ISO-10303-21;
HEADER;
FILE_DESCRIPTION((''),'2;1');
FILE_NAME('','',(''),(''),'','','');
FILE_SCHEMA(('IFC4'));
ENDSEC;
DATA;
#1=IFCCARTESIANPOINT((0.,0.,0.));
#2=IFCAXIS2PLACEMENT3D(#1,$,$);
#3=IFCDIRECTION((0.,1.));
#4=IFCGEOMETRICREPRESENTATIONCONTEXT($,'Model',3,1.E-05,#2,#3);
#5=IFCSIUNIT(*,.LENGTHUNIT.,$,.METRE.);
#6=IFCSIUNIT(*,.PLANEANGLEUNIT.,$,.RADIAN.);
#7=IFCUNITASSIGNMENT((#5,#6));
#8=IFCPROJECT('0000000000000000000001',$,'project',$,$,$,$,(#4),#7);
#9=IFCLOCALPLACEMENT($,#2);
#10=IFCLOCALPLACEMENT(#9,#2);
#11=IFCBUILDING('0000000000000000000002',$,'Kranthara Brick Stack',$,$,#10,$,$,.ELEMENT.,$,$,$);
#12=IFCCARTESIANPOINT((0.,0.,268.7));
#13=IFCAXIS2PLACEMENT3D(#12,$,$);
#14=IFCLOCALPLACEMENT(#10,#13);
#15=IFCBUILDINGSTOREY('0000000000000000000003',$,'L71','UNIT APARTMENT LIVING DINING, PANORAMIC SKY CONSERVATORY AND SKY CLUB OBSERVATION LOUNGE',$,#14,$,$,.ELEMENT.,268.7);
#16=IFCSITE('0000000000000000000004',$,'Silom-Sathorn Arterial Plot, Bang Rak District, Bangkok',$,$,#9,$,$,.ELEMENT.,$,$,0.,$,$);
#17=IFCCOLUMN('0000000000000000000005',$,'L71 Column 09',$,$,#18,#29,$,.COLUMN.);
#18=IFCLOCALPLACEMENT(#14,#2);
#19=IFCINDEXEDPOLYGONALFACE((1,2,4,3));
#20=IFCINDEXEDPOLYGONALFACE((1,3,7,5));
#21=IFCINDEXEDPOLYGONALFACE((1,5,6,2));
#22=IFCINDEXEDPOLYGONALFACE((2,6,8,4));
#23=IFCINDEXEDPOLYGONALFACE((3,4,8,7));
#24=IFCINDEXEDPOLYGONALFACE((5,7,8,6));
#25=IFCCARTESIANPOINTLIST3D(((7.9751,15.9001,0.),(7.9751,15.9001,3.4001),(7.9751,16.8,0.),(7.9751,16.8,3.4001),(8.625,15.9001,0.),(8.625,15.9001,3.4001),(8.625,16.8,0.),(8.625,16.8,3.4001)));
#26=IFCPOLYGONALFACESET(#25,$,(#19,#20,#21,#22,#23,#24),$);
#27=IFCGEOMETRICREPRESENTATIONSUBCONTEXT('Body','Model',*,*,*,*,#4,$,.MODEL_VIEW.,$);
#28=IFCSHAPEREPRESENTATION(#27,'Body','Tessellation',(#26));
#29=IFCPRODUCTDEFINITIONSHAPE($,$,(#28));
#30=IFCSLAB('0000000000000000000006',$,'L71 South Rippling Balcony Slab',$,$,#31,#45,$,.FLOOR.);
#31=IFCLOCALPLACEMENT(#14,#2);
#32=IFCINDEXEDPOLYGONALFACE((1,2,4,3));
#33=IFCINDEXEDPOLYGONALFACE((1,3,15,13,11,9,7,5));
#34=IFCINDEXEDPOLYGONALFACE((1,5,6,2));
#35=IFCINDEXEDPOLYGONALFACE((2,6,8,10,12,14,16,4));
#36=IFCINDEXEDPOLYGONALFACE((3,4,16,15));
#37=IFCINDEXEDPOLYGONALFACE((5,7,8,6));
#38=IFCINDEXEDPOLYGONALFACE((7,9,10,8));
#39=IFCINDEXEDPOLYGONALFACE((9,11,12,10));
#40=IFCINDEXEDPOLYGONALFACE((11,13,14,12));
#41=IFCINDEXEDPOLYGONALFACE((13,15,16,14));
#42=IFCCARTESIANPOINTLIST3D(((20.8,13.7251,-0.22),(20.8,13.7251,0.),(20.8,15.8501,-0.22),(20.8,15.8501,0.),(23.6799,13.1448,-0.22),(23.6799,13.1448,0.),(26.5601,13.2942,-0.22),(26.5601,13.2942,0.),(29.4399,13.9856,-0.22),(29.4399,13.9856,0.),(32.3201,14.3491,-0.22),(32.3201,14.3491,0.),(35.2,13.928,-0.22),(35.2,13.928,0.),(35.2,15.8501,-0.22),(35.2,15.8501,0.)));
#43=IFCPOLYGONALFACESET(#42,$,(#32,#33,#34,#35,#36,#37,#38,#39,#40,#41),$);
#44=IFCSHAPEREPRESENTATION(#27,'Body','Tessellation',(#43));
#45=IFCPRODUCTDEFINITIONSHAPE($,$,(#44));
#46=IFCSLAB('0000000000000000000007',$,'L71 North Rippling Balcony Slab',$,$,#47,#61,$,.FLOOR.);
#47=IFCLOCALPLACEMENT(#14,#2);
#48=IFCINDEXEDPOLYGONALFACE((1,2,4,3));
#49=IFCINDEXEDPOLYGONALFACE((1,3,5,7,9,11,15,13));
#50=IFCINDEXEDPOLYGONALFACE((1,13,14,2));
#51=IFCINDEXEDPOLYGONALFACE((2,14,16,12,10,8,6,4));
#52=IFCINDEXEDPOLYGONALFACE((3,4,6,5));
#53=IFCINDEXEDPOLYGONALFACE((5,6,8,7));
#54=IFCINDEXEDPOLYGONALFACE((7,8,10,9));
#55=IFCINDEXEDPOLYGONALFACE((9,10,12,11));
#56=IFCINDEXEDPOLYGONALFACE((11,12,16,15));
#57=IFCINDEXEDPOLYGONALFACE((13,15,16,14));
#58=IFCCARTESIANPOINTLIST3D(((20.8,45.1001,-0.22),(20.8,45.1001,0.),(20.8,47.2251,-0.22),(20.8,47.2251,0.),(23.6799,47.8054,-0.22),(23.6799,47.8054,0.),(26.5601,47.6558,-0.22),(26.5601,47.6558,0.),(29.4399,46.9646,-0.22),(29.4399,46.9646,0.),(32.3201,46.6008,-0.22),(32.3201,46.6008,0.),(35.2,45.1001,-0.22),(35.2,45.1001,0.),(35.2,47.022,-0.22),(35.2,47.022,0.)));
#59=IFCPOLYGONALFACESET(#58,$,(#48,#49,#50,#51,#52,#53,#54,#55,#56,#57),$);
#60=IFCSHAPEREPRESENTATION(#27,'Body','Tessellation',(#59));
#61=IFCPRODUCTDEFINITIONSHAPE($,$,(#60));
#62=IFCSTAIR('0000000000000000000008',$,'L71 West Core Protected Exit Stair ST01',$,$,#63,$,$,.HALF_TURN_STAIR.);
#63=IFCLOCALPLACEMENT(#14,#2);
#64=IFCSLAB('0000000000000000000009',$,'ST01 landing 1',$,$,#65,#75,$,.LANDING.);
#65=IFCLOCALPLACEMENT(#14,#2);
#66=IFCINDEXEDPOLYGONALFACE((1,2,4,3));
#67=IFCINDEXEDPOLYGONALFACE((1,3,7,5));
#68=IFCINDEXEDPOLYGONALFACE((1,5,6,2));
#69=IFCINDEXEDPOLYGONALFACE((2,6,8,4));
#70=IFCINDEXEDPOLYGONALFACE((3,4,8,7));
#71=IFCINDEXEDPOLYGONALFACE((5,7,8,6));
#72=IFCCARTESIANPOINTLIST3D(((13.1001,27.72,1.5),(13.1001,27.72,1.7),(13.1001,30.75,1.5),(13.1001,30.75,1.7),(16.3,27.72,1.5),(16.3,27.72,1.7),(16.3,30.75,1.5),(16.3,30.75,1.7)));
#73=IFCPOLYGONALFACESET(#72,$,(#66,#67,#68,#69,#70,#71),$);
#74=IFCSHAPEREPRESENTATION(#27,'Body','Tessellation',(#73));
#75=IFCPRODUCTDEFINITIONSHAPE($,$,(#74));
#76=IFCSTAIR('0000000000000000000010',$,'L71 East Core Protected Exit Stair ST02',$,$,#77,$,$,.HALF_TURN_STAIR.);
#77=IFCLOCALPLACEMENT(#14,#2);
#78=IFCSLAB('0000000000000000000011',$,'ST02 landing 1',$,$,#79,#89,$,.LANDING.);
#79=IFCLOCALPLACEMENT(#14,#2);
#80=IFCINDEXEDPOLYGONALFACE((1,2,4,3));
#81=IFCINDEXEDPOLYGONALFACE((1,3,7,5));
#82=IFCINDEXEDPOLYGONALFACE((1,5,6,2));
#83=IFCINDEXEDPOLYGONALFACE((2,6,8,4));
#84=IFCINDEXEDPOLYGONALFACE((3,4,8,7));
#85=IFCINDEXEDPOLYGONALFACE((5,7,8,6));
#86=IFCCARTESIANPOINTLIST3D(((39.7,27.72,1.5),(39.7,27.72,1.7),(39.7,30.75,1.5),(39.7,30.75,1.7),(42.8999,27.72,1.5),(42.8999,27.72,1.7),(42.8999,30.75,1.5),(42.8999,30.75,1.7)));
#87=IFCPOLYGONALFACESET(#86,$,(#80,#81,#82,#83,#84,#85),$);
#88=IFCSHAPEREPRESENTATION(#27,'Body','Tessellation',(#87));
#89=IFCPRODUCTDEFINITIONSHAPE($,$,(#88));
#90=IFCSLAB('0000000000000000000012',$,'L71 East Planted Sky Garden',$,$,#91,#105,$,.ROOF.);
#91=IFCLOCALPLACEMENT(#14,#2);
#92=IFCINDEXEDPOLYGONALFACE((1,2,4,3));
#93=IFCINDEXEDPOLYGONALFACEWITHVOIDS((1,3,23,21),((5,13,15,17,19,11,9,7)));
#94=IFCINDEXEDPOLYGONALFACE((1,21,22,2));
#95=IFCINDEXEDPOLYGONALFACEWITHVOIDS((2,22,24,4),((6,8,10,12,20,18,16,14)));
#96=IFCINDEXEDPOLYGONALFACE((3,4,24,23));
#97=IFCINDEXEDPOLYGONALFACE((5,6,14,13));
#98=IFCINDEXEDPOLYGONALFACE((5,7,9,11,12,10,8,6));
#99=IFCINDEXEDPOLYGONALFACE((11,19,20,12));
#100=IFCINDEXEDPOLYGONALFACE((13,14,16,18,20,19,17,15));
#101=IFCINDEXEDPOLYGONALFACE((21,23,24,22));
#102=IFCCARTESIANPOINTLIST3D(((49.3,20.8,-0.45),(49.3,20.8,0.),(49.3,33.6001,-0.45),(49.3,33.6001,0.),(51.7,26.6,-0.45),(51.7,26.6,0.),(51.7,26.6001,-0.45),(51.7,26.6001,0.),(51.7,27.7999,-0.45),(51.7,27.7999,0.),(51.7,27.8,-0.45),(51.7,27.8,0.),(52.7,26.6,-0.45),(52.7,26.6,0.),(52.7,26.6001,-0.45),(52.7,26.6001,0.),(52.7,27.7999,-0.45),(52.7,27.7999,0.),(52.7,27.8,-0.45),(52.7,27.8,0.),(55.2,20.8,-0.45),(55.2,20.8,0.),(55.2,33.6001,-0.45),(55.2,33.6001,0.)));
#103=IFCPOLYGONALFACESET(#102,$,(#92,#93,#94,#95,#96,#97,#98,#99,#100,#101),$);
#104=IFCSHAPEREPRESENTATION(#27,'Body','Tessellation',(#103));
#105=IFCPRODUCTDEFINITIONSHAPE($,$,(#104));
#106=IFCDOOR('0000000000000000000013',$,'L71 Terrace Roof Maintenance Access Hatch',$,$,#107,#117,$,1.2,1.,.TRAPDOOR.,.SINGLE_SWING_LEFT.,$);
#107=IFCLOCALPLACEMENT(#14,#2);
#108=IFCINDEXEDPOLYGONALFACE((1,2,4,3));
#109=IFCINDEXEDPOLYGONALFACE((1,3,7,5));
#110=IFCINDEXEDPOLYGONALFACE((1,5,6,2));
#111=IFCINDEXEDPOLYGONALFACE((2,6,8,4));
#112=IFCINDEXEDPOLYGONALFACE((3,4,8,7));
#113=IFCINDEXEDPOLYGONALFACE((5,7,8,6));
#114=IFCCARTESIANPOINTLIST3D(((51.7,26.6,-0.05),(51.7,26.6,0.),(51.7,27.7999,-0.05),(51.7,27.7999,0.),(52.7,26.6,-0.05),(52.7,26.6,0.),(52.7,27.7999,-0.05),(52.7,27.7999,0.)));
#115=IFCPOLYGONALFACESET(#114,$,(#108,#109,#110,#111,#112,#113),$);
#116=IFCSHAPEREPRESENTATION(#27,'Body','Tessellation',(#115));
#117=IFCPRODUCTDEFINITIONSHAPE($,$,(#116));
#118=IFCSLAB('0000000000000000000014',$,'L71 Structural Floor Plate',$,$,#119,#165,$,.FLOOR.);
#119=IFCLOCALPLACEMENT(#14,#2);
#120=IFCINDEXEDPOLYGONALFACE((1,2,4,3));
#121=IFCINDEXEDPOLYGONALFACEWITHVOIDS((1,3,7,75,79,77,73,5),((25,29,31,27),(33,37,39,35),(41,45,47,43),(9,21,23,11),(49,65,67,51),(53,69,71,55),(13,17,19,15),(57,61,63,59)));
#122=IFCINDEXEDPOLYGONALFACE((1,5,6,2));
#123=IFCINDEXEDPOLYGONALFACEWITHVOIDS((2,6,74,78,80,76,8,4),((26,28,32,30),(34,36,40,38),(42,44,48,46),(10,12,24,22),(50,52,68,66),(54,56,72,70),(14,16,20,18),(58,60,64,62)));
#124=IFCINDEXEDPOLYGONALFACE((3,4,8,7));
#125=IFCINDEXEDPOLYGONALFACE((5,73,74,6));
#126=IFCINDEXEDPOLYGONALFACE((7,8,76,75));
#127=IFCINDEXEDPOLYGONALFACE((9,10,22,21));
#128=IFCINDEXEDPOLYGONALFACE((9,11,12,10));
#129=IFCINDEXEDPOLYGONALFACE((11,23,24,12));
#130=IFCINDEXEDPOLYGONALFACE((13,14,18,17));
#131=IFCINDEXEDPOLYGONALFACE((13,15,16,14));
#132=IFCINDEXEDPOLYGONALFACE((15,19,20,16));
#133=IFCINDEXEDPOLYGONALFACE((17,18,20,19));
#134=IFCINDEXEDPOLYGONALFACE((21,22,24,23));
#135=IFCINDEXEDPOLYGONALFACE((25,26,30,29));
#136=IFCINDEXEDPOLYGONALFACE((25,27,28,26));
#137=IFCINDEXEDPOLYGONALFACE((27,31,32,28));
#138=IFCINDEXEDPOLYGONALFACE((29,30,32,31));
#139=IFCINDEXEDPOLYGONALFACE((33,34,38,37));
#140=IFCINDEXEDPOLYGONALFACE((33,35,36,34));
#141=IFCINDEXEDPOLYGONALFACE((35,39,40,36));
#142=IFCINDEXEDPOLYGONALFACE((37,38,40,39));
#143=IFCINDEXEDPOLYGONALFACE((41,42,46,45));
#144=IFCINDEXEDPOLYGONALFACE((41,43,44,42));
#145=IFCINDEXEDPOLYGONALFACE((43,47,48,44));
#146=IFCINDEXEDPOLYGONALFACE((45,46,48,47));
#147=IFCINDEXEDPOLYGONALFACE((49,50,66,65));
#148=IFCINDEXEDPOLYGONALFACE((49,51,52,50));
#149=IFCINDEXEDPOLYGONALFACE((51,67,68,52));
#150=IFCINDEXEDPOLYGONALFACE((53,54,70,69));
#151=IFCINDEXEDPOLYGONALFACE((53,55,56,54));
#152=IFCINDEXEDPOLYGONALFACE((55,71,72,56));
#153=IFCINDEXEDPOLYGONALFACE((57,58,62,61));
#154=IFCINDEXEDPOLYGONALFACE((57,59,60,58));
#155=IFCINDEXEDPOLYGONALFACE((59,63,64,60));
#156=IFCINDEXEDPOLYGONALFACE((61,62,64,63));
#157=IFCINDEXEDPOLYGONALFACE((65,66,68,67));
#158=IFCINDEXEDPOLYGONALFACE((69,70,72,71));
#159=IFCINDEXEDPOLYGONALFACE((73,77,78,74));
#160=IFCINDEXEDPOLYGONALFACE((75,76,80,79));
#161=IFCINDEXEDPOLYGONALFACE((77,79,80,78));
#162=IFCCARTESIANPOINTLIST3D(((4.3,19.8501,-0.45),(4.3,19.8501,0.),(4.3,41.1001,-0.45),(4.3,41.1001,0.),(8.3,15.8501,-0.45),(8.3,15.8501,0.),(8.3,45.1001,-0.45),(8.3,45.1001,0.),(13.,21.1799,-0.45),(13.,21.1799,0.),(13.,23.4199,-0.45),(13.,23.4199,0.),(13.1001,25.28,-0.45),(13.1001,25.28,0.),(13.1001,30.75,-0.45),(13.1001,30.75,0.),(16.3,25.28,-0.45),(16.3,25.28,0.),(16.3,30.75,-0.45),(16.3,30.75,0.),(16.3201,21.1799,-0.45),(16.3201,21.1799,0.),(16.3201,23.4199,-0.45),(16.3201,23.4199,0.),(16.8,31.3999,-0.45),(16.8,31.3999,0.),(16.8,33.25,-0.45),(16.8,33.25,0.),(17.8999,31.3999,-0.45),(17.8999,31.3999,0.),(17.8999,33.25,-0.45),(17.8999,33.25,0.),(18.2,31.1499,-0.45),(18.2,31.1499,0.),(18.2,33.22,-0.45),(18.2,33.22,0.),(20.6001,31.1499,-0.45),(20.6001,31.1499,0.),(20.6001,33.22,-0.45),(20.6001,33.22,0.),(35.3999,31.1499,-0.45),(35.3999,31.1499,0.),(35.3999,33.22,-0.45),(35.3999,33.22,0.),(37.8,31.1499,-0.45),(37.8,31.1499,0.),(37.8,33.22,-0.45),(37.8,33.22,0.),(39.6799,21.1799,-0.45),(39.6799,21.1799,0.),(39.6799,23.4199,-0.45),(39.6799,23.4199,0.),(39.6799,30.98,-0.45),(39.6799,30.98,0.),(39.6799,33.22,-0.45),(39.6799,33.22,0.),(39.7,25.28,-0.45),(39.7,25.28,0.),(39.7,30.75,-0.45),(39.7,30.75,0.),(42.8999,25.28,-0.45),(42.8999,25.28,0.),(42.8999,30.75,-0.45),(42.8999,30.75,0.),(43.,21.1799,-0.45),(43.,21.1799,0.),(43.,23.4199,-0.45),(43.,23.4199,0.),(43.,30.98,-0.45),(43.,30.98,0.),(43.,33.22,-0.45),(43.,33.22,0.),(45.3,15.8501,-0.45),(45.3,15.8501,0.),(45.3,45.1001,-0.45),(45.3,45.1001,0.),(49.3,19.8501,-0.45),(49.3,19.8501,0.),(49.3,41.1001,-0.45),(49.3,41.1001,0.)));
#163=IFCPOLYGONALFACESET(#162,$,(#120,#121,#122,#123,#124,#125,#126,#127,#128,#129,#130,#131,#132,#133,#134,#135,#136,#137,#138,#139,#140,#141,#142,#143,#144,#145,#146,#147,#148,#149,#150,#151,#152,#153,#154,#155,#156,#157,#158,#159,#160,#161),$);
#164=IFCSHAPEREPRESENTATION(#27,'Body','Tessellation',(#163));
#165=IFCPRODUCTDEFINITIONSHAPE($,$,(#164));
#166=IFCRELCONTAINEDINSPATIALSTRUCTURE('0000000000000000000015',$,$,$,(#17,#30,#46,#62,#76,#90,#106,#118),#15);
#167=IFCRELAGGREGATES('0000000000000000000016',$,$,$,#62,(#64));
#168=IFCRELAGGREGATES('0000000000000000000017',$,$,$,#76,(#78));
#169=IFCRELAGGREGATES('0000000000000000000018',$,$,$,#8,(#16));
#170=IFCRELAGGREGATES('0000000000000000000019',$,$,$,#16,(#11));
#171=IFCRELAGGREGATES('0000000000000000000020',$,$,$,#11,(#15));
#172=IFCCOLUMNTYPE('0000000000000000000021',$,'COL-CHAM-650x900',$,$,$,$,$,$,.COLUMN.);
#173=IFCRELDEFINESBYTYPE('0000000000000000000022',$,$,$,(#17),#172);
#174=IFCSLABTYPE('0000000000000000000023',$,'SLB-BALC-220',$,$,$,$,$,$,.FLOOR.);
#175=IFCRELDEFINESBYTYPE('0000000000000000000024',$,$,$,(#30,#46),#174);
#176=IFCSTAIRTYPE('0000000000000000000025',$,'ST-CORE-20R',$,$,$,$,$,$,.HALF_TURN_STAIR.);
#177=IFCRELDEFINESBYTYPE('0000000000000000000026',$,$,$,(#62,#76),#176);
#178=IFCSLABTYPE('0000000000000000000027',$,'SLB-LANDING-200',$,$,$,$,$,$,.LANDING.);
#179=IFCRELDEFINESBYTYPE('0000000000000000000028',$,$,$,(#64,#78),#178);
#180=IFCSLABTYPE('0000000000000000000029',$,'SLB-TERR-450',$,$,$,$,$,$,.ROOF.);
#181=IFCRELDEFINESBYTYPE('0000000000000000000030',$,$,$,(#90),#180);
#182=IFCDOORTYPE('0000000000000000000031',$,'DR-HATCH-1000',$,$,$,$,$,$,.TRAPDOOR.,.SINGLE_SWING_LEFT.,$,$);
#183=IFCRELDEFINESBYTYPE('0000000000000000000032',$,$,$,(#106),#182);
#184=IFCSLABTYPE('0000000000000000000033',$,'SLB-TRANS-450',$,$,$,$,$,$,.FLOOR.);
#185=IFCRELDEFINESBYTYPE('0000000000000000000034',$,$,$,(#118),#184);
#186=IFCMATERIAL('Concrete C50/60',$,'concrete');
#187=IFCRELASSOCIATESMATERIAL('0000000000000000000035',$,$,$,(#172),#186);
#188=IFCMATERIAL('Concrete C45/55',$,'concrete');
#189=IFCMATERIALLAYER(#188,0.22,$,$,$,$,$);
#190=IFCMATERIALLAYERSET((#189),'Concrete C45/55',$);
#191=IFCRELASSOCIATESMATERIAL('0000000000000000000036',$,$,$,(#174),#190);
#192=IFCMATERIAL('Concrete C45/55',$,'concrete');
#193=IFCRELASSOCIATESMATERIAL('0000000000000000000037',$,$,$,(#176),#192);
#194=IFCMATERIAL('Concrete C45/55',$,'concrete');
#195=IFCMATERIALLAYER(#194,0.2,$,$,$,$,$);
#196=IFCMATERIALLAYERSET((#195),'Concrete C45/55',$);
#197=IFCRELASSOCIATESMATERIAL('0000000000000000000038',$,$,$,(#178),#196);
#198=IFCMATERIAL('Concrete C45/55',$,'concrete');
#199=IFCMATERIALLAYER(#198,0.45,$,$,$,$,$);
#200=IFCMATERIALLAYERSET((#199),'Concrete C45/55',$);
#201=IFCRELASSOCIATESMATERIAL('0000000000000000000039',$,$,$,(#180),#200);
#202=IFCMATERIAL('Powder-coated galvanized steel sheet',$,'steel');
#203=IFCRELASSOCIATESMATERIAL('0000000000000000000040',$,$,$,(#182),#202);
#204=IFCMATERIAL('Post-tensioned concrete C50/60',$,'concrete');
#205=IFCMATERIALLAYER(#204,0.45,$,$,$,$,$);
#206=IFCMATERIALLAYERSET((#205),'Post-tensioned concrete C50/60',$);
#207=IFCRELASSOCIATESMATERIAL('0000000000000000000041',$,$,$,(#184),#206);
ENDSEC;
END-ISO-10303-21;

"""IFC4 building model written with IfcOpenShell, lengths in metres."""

from ifc_helpers import new_model, si_unit, direction, frame, origin, origin_2d, place, context, subcontext, project, spatial, polyline, rectangle, outline, extrude, material, layer, layer_set, material_profile, profile_set, type_object, element, fill, aggregate, save


model = new_model("IFC4")

# Units and contexts
model_context = context("Model", 3, precision=1e-05, world=origin(), true_north=direction((0.0, 1.0)))
body_context = subcontext(model_context, "Body", "Model", "MODEL_VIEW")
ifc_project = project(units=[si_unit("LENGTHUNIT", "METRE"), si_unit("PLANEANGLEUNIT", "RADIAN")], contexts=[model_context])

# Site, building, storey
site_placement = place(None, origin())
site = spatial("IfcSite", under=ifc_project, at=site_placement, Name="Silom-Sathorn Arterial Plot, Bang Rak District, Bangkok", CompositionType="ELEMENT", RefElevation=0.0)
building_placement = place(site_placement, origin())
building = spatial("IfcBuilding", under=site, at=building_placement, Name="Kranthara Brick Stack", CompositionType="ELEMENT")
storey_placement = place(building_placement, frame((0.0, 0.0, 268.7)))
storey = spatial("IfcBuildingStorey", under=building, at=storey_placement, Name="L71", Description="UNIT APARTMENT LIVING DINING, PANORAMIC SKY CONSERVATORY AND SKY CLUB OBSERVATION LOUNGE", CompositionType="ELEMENT", Elevation=268.7)

# Column
ifc_material_1 = material(Name="Concrete C50/60", Category="concrete")
ifc_material_profile = material_profile(ifc_material_1, rectangle(XDim=0.6499, YDim=0.8999, at=origin_2d()), Name="RC 650x900")
ifc_profile_set = profile_set([ifc_material_profile], Name="Concrete C50/60")
column_type = type_object("IfcColumnType", Name="COL-CHAM-650x900", PredefinedType="COLUMN", material=ifc_profile_set)
column_placement = place(storey_placement, frame((8.3, 16.3501, 0.0), z_axis=(0.0, 0.0, 1.0), x_axis=(1.0, 0.0, 0.0)))
element("IfcColumn", 1, at=column_placement, inside=storey, type_object=column_type, Name="L71 Column 09", PredefinedType="COLUMN", context=body_context, shape_type="SweptSolid", body=[
    extrude(rectangle(XDim=0.6499, YDim=0.8999, at=origin_2d()), origin(), (0.0, 0.0, 1.0), 3.4001),
])

# Slabs
ifc_material_2 = material(Name="Concrete C45/55", Category="concrete")
ifc_layer_1 = layer(ifc_material_2, 0.22)
ifc_layer_set_1 = layer_set([ifc_layer_1], Name="Concrete C45/55")
slab_type_1 = type_object("IfcSlabType", Name="SLB-BALC-220", PredefinedType="FLOOR", material=ifc_layer_set_1)
slab_1_placement = place(storey_placement, frame((0.0, 0.0, -0.22)))
element("IfcSlab", 2, at=slab_1_placement, inside=storey, type_object=slab_type_1, Name="L71 South Rippling Balcony Slab", PredefinedType="FLOOR", context=body_context, shape_type="SweptSolid", body=[
    extrude(outline(polyline([(20.8, 15.8501), (35.2, 15.8501), (35.2, 13.928), (32.3201, 14.3491), (29.4399, 13.9856), (26.5601, 13.2942), (23.6799, 13.1448), (20.8, 13.7251), (20.8, 15.8501)])), origin(), (0.0, 0.0, 1.0), 0.22),
])
slab_2_placement = place(storey_placement, frame((0.0, 0.0, -0.22)))
element("IfcSlab", 3, at=slab_2_placement, inside=storey, type_object=slab_type_1, Name="L71 North Rippling Balcony Slab", PredefinedType="FLOOR", context=body_context, shape_type="SweptSolid", body=[
    extrude(outline(polyline([(35.2, 45.1001), (20.8, 45.1001), (20.8, 47.2251), (23.6799, 47.8054), (26.5601, 47.6558), (29.4399, 46.9646), (32.3201, 46.6008), (35.2, 47.022), (35.2, 45.1001)])), origin(), (0.0, 0.0, 1.0), 0.22),
])

# Stairs, slabs
ifc_material_3 = material(Name="Concrete C45/55", Category="concrete")
stair_type = type_object("IfcStairType", Name="ST-CORE-20R", PredefinedType="HALF_TURN_STAIR", material=ifc_material_3)
stair_1_placement = place(storey_placement, origin())
stair_1 = element("IfcStair", 4, at=stair_1_placement, inside=storey, type_object=stair_type, Name="L71 West Core Protected Exit Stair ST01", PredefinedType="HALF_TURN_STAIR")
ifc_material_4 = material(Name="Concrete C45/55", Category="concrete")
ifc_layer_2 = layer(ifc_material_4, 0.2)
ifc_layer_set_2 = layer_set([ifc_layer_2], Name="Concrete C45/55")
slab_type_2 = type_object("IfcSlabType", Name="SLB-LANDING-200", PredefinedType="LANDING", material=ifc_layer_set_2)
slab_3_placement = place(storey_placement, frame((0.0, 0.0, 1.5)))
slab_3 = element("IfcSlab", 5, at=slab_3_placement, type_object=slab_type_2, Name="ST01 landing 1", PredefinedType="LANDING", context=body_context, shape_type="SweptSolid", body=[
    extrude(outline(polyline([(16.3, 27.72), (16.3, 30.75), (13.1001, 30.75), (13.1001, 27.72), (16.3, 27.72)])), origin(), (0.0, 0.0, 1.0), 0.2),
])
aggregate(stair_1, [slab_3])
stair_2_placement = place(storey_placement, origin())
stair_2 = element("IfcStair", 6, at=stair_2_placement, inside=storey, type_object=stair_type, Name="L71 East Core Protected Exit Stair ST02", PredefinedType="HALF_TURN_STAIR")
slab_4_placement = place(storey_placement, frame((0.0, 0.0, 1.5)))
slab_4 = element("IfcSlab", 7, at=slab_4_placement, type_object=slab_type_2, Name="ST02 landing 1", PredefinedType="LANDING", context=body_context, shape_type="SweptSolid", body=[
    extrude(outline(polyline([(42.8999, 27.72), (42.8999, 30.75), (39.7, 30.75), (39.7, 27.72), (42.8999, 27.72)])), origin(), (0.0, 0.0, 1.0), 0.2),
])
aggregate(stair_2, [slab_4])

# Slab, opening, door
ifc_material_5 = material(Name="Concrete C45/55", Category="concrete")
ifc_layer_3 = layer(ifc_material_5, 0.45)
ifc_layer_set_3 = layer_set([ifc_layer_3], Name="Concrete C45/55")
slab_type_3 = type_object("IfcSlabType", Name="SLB-TERR-450", PredefinedType="ROOF", material=ifc_layer_set_3)
slab_5_placement = place(storey_placement, frame((0.0, 0.0, -0.45)))
slab_5 = element("IfcSlab", 8, at=slab_5_placement, inside=storey, type_object=slab_type_3, Name="L71 East Planted Sky Garden", PredefinedType="ROOF", context=body_context, shape_type="SweptSolid", body=[
    extrude(outline(polyline([(49.3, 20.8), (55.2, 20.8), (55.2, 33.6001), (49.3, 33.6001), (49.3, 20.8)]), holes=[polyline([(51.7, 26.6001), (52.7, 26.6001), (52.7, 27.8), (51.7, 27.8), (51.7, 26.6001)])]), origin(), (0.0, 0.0, 1.0), 0.45),
])
opening_1_placement = place(slab_5_placement, frame((52.2, 27.2, 0.0)))
opening_1 = element("IfcOpeningElement", 9, at=opening_1_placement, cuts=slab_5, PredefinedType="OPENING", context=body_context, shape_type="SweptSolid", body=[
    extrude(rectangle(XDim=1.0, YDim=1.2, at=origin_2d()), origin(), (0.0, 0.0, 1.0), 0.45),
])
ifc_material_6 = material(Name="Powder-coated galvanized steel sheet", Category="steel")
door_type = type_object("IfcDoorType", Name="DR-HATCH-1000", OperationType="SINGLE_SWING_LEFT", PredefinedType="TRAPDOOR", material=ifc_material_6)
door_placement = place(opening_1_placement, frame((0.0, 0.0, 0.3999)))
door = element("IfcDoor", 10, at=door_placement, inside=storey, type_object=door_type, Name="L71 Terrace Roof Maintenance Access Hatch", OperationType="SINGLE_SWING_LEFT", OverallHeight=1.2, OverallWidth=1.0, PredefinedType="TRAPDOOR", context=body_context, shape_type="SweptSolid", body=[
    extrude(rectangle(XDim=1.0, YDim=1.2, at=origin_2d()), origin(), (0.0, 0.0, 1.0), 0.05),
])
fill(opening_1, door)

# Slab
ifc_material_7 = material(Name="Post-tensioned concrete C50/60", Category="concrete")
ifc_layer_4 = layer(ifc_material_7, 0.45)
ifc_layer_set_4 = layer_set([ifc_layer_4], Name="Post-tensioned concrete C50/60")
slab_type_4 = type_object("IfcSlabType", Name="SLB-TRANS-450", PredefinedType="FLOOR", material=ifc_layer_set_4)
slab_6_placement = place(storey_placement, frame((0.0, 0.0, -0.45)))
element("IfcSlab", 11, at=slab_6_placement, inside=storey, type_object=slab_type_4, Name="L71 Structural Floor Plate", PredefinedType="FLOOR", context=body_context, shape_type="SweptSolid", body=[
    extrude(outline(polyline([(8.3, 15.8501), (45.3, 15.8501), (49.3, 19.8501), (49.3, 41.1001), (45.3, 45.1001), (8.3, 45.1001), (4.3, 41.1001), (4.3, 19.8501), (8.3, 15.8501)]), holes=[polyline([(13.1001, 25.28), (16.3, 25.28), (16.3, 30.75), (13.1001, 30.75), (13.1001, 25.28)]), polyline([(39.7, 25.28), (42.8999, 25.28), (42.8999, 30.75), (39.7, 30.75), (39.7, 25.28)]), polyline([(13.0, 21.1799), (16.3201, 21.1799), (16.3201, 23.4199), (13.0, 23.4199), (13.0, 21.1799)]), polyline([(39.6799, 21.1799), (43.0, 21.1799), (43.0, 23.4199), (39.6799, 23.4199), (39.6799, 21.1799)]), polyline([(39.6799, 30.98), (43.0, 30.98), (43.0, 33.22), (39.6799, 33.22), (39.6799, 30.98)]), polyline([(18.2, 31.1499), (20.6001, 31.1499), (20.6001, 33.22), (18.2, 33.22), (18.2, 31.1499)]), polyline([(35.3999, 31.1499), (37.8, 31.1499), (37.8, 33.22), (35.3999, 33.22), (35.3999, 31.1499)]), polyline([(16.8, 31.3999), (17.8999, 31.3999), (17.8999, 33.25), (16.8, 33.25), (16.8, 31.3999)])]), origin(), (0.0, 0.0, 1.0), 0.45),
])

save(model, "model.ifc")
